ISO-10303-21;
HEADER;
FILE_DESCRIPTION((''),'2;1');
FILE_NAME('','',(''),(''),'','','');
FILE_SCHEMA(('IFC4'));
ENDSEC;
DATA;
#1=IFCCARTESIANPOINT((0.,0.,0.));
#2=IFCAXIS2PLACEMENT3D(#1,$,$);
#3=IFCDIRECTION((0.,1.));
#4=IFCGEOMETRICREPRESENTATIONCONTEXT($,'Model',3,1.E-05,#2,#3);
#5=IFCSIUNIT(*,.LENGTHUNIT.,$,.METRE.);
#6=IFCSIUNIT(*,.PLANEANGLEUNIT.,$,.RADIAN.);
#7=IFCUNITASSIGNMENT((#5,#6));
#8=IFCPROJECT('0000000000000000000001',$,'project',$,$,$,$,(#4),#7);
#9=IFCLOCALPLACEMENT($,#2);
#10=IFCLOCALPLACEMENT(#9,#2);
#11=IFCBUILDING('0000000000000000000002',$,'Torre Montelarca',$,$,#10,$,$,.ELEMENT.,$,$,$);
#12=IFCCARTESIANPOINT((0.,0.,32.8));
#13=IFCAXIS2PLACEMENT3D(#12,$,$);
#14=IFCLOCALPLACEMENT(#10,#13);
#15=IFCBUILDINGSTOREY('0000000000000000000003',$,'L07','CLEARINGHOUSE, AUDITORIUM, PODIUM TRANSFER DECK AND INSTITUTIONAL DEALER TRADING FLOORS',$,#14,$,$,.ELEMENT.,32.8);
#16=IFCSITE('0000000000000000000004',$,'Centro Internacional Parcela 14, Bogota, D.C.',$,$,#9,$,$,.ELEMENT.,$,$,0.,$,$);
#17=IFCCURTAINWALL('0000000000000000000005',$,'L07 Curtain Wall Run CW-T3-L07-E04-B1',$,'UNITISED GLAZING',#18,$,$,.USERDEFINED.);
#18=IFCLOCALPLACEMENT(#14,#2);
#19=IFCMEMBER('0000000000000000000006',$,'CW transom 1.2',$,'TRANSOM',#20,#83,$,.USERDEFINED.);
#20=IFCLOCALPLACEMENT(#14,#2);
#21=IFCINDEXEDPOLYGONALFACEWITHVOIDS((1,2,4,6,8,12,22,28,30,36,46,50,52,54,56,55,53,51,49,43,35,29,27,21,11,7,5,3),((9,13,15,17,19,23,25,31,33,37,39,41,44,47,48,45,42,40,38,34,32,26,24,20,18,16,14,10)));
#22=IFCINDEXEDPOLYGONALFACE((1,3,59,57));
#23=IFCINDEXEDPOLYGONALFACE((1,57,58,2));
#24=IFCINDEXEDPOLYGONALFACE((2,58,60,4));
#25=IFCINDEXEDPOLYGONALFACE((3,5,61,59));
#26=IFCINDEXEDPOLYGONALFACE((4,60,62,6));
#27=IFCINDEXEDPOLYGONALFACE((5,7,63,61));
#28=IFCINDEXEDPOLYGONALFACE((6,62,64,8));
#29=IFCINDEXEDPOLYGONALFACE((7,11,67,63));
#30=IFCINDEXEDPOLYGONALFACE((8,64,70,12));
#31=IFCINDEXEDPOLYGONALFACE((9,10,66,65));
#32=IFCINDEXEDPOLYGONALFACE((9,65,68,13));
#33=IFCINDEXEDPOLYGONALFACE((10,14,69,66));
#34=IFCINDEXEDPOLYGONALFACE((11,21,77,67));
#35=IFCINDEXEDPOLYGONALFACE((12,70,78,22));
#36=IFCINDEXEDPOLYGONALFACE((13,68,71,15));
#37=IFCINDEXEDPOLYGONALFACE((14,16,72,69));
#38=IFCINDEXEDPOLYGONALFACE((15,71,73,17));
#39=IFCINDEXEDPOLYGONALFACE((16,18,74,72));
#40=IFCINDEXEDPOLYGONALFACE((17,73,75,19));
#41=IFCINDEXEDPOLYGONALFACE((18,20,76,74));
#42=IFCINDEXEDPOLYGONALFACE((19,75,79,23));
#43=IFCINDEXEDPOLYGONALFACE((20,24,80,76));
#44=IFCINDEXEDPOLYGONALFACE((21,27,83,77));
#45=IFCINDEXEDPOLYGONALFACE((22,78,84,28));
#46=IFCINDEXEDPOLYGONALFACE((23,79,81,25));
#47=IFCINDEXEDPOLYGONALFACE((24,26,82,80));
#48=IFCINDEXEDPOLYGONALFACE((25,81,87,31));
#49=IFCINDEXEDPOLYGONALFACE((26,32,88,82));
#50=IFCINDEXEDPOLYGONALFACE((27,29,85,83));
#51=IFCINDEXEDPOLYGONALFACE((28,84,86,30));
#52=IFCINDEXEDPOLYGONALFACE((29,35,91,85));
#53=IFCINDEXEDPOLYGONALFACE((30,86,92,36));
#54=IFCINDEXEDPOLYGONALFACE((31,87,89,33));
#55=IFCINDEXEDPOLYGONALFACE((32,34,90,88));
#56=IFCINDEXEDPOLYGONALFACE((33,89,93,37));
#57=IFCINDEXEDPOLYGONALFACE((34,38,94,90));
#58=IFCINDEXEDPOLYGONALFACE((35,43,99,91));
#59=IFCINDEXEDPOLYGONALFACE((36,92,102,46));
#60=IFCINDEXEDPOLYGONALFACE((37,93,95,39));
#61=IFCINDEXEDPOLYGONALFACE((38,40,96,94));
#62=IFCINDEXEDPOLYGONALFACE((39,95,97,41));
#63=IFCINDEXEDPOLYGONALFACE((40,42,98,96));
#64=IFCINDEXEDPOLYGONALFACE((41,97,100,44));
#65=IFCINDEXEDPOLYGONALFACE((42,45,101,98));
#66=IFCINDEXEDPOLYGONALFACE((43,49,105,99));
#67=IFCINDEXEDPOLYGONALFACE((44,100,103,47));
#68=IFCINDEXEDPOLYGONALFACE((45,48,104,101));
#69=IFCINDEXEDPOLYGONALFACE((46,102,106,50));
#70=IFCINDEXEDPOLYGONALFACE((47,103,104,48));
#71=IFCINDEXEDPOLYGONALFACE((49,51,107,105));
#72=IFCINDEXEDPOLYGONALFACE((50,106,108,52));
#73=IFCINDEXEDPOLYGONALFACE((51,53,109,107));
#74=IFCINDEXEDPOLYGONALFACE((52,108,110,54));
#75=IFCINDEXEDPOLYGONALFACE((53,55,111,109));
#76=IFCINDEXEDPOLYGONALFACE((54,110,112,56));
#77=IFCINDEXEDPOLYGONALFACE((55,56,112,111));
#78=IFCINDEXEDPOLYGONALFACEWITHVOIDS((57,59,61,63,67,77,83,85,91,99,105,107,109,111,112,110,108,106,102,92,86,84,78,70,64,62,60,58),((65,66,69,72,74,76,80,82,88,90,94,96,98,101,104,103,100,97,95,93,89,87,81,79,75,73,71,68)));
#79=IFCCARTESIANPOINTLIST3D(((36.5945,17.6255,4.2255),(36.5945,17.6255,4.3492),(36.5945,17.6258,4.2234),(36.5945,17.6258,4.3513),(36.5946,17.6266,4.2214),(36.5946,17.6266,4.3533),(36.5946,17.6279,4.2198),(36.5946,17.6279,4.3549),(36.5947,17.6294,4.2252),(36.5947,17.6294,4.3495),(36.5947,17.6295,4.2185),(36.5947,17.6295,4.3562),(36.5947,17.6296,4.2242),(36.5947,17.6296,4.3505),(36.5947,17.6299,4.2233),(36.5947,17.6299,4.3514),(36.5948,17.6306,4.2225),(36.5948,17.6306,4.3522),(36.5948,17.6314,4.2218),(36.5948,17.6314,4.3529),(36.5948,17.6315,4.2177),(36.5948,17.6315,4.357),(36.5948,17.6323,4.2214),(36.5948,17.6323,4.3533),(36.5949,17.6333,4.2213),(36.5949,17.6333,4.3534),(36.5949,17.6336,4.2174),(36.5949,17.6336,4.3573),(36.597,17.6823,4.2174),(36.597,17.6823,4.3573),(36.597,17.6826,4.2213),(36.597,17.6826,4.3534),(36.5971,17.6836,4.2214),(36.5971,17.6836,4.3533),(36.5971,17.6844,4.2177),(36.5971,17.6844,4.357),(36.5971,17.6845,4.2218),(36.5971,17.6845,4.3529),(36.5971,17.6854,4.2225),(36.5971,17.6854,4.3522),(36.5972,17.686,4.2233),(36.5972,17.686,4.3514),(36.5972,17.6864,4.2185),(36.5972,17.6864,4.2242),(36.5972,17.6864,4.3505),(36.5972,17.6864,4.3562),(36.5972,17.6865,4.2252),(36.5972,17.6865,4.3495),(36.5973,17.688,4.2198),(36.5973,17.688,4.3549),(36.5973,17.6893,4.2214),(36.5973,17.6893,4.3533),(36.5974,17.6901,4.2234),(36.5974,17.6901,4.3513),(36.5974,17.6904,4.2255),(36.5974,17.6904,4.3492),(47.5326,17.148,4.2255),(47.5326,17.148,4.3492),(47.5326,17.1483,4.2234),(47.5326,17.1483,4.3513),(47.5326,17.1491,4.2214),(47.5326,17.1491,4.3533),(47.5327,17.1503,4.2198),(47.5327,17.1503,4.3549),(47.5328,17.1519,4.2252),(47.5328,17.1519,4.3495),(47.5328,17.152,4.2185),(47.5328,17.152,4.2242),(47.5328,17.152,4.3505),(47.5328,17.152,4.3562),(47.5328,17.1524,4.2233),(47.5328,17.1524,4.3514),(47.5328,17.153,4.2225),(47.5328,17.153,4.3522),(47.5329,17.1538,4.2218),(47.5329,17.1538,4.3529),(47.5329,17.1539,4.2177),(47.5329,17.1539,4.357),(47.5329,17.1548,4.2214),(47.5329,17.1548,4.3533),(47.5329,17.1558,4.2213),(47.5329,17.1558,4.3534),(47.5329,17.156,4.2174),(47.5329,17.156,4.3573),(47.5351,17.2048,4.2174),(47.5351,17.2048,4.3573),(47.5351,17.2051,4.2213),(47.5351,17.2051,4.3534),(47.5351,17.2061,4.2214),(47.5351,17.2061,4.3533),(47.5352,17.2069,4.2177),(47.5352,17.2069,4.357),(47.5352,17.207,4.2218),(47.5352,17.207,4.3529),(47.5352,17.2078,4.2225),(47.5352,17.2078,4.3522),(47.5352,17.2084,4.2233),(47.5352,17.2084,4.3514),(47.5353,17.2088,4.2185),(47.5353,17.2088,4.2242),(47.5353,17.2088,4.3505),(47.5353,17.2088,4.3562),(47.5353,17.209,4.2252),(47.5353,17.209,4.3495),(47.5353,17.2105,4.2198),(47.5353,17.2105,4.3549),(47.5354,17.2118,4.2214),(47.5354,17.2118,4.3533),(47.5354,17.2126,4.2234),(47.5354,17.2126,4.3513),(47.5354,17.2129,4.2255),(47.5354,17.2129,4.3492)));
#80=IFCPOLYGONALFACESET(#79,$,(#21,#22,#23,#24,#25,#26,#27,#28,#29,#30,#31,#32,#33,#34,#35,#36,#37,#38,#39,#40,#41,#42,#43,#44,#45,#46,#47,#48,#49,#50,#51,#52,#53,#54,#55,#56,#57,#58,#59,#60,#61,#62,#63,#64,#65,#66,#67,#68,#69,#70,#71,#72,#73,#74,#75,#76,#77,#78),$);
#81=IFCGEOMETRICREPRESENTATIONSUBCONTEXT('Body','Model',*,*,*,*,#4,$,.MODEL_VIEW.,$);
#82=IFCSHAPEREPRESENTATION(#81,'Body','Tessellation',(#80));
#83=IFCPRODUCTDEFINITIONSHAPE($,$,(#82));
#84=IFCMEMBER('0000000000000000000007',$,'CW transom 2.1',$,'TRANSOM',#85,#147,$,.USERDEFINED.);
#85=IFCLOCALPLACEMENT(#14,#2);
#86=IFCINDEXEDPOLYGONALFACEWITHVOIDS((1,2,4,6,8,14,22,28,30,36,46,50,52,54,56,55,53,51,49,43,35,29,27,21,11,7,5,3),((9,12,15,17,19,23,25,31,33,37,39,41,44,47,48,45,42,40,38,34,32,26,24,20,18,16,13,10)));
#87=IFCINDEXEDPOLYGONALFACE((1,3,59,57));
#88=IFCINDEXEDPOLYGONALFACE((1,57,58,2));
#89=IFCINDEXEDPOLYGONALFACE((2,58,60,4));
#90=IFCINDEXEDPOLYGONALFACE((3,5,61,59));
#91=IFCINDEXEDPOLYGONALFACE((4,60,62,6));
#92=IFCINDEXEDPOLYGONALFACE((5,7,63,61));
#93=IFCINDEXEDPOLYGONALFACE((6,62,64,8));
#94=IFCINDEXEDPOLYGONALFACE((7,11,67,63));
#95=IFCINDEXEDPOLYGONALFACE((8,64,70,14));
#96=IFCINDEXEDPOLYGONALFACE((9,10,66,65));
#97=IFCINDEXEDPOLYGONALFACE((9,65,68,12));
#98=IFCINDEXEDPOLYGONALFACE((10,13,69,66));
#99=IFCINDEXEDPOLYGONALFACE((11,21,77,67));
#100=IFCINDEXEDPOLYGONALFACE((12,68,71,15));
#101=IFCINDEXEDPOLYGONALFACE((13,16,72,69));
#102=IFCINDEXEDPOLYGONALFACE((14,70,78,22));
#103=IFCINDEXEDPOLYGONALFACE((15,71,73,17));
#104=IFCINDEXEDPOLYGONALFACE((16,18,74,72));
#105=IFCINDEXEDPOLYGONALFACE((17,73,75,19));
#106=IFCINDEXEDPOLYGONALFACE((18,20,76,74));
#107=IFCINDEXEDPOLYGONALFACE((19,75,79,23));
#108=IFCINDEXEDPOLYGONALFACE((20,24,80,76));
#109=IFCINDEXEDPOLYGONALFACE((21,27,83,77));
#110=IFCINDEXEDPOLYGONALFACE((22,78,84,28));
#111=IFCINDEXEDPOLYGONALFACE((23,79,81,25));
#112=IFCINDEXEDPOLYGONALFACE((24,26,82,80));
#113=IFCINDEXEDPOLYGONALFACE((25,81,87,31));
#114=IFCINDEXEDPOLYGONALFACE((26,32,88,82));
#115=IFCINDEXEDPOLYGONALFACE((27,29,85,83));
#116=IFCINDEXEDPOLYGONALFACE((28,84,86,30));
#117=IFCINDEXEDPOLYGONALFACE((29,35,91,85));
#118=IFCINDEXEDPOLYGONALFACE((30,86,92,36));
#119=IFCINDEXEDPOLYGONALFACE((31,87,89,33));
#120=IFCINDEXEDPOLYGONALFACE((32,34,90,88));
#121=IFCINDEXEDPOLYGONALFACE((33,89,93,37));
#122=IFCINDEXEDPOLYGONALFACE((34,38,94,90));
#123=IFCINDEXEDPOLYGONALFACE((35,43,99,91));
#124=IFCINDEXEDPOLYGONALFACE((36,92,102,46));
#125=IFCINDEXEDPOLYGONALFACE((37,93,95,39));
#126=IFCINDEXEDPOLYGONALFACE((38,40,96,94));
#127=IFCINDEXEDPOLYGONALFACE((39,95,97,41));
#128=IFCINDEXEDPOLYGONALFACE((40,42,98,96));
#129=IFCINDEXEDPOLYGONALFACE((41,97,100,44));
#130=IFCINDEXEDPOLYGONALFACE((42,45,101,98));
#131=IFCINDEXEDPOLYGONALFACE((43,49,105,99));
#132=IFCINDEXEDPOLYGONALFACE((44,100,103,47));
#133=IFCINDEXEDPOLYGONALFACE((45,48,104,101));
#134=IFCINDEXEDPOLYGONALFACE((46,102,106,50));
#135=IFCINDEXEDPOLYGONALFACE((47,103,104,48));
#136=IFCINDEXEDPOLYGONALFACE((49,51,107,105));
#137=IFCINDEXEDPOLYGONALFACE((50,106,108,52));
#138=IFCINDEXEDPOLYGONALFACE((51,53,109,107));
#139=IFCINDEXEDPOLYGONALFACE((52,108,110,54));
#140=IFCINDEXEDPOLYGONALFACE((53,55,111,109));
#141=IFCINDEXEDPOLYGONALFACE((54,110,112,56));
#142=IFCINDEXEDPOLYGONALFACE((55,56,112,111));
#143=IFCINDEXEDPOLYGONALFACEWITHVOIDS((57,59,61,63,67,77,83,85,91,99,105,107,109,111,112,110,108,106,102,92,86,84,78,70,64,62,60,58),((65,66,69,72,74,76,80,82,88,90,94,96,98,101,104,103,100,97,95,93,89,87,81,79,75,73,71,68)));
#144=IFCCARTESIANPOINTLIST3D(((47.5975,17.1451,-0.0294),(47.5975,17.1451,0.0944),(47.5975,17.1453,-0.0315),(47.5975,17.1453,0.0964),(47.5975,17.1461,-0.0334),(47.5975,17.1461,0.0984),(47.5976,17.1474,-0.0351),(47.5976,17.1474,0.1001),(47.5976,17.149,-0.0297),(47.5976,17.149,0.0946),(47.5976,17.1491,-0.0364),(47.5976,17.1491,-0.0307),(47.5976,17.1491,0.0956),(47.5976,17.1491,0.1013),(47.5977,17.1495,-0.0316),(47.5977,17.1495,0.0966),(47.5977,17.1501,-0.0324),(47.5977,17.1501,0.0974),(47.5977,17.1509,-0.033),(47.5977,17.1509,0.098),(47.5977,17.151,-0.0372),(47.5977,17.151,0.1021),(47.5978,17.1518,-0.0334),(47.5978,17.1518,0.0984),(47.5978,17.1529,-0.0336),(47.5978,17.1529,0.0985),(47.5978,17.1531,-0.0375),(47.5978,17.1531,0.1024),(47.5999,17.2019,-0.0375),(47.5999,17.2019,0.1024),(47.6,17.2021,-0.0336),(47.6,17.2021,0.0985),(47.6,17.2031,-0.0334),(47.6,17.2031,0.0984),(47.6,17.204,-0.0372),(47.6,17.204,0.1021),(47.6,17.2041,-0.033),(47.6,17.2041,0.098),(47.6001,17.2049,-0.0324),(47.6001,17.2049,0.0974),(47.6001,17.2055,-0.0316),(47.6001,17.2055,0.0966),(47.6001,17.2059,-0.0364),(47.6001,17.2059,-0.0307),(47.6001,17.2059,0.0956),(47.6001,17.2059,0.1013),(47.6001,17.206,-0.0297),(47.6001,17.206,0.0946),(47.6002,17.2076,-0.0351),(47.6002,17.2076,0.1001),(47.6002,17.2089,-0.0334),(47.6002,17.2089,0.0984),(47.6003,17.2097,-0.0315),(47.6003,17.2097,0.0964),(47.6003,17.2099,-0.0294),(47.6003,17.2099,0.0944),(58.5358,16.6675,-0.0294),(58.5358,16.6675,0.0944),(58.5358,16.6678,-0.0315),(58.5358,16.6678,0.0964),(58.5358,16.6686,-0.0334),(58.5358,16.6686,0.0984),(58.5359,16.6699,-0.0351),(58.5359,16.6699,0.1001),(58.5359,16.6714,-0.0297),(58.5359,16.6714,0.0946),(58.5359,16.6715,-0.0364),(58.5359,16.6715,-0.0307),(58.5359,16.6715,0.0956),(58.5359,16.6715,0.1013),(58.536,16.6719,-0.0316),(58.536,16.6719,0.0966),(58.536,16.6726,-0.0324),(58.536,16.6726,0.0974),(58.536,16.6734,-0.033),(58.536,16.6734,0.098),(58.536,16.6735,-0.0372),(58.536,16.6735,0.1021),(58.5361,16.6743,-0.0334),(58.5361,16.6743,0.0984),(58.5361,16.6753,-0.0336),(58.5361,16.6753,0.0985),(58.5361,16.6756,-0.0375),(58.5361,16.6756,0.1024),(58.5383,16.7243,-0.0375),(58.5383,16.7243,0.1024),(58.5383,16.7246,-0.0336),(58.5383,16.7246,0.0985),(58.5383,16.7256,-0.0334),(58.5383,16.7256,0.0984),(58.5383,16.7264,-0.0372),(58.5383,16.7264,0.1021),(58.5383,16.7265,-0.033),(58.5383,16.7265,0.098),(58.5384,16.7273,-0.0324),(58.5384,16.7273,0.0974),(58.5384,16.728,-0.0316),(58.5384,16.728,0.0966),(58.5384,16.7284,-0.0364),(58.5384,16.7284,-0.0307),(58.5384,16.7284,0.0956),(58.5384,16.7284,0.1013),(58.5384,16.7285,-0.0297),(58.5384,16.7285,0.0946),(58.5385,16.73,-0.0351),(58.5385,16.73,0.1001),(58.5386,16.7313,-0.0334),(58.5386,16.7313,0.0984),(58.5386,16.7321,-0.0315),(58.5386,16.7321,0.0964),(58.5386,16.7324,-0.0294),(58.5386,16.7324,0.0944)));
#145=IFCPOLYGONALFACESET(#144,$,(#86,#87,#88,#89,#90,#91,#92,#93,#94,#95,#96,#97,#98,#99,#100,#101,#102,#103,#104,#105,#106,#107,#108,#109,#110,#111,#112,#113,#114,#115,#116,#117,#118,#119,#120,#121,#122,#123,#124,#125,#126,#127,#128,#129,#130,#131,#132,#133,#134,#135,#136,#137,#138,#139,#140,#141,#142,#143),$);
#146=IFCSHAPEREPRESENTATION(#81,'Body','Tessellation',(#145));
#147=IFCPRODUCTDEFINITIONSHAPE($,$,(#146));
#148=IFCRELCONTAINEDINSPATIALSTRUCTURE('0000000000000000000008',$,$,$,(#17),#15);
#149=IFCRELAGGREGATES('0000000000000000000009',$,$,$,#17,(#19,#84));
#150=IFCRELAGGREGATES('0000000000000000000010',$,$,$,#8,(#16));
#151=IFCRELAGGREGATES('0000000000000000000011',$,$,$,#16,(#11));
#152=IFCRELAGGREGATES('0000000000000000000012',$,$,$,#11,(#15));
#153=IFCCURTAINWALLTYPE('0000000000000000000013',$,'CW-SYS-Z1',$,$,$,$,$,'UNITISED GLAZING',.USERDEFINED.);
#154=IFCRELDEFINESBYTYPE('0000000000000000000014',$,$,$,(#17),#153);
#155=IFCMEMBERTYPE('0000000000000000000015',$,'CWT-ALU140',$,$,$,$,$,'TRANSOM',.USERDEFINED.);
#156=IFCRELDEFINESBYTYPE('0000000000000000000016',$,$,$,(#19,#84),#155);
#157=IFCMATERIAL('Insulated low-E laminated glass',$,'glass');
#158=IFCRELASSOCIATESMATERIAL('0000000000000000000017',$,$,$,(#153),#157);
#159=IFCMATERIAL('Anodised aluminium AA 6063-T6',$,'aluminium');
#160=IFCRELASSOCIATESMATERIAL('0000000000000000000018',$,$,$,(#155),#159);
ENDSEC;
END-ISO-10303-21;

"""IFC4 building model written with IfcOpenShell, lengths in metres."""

from ifc_helpers import new_model, si_unit, direction, frame, origin, origin_2d, place, context, subcontext, project, spatial, hollow_rectangle, extrude, source, transform, mapped, material, material_profile, profile_set, type_object, element, aggregate, save


model = new_model("IFC4")

# Units and contexts
model_context = context("Model", 3, precision=1e-05, world=origin(), true_north=direction((0.0, 1.0)))
body_context = subcontext(model_context, "Body", "Model", "MODEL_VIEW")
ifc_project = project(units=[si_unit("LENGTHUNIT", "METRE"), si_unit("PLANEANGLEUNIT", "RADIAN")], contexts=[model_context])

# Site, building, storey
site_placement = place(None, origin())
site = spatial("IfcSite", under=ifc_project, at=site_placement, Name="Centro Internacional Parcela 14, Bogota, D.C.", CompositionType="ELEMENT", RefElevation=0.0)
building_placement = place(site_placement, origin())
building = spatial("IfcBuilding", under=site, at=building_placement, Name="Torre Montelarca", CompositionType="ELEMENT")
storey_placement = place(building_placement, frame((0.0, 0.0, 32.8)))
storey = spatial("IfcBuildingStorey", under=building, at=storey_placement, Name="L07", Description="CLEARINGHOUSE, AUDITORIUM, PODIUM TRANSFER DECK AND INSTITUTIONAL DEALER TRADING FLOORS", CompositionType="ELEMENT", Elevation=32.8)

# Shared definitions
ifc_material_1 = material(Name="Insulated low-E laminated glass", Category="glass")
curtain_wall_type = type_object("IfcCurtainWallType", Name="CW-SYS-Z1", ElementType="UNITISED GLAZING", PredefinedType="USERDEFINED", material=ifc_material_1)
ifc_material_2 = material(Name="Anodised aluminium AA 6063-T6", Category="aluminium")

# Curtain wall, members
curtain_wall_1_placement = place(storey_placement, origin())
curtain_wall_1 = element("IfcCurtainWall", 1, at=curtain_wall_1_placement, inside=storey, type_object=curtain_wall_type, Name="L07 Curtain Wall Run CW-T3-L07-E04-B1", ObjectType="UNITISED GLAZING", PredefinedType="USERDEFINED")
ifc_material_profile_1 = material_profile(ifc_material_2, hollow_rectangle(XDim=0.0649, YDim=0.1399, WallThickness=0.0039, InnerFilletRadius=0.0039, OuterFilletRadius=0.0081, at=origin_2d()), Name="ALU65X140X4", Category="aluminium")
ifc_profile_set_1 = profile_set([ifc_material_profile_1], Name="Anodised aluminium AA 6063-T6")
member_type_1 = type_object("IfcMemberType", Name="CWT-ALU140", ElementType="TRANSOM", PredefinedType="USERDEFINED", material=ifc_profile_set_1)
shared_shape_1 = source(origin(), body_context, "Body", "SweptSolid", [
    extrude(hollow_rectangle(XDim=0.0649, YDim=0.1399, WallThickness=0.0039, InnerFilletRadius=0.0039, OuterFilletRadius=0.0081, at=origin_2d()), origin(), (0.0, 0.0, 1.0), 10.9485),
])
member_1_placement = place(storey_placement, frame((36.5959, 17.658, 4.2874), z_axis=(0.999048, -0.043617, 0.0), x_axis=(0.043617, 0.999048, 0.0)))
member_1 = element("IfcMember", 2, at=member_1_placement, type_object=member_type_1, Name="CW transom 1.2", ObjectType="TRANSOM", PredefinedType="USERDEFINED", context=body_context, shape_type="MappedRepresentation", body=[
    mapped(shared_shape_1, transform((0.0, 0.0, 0.0), scale=1.0)),
])
shared_shape_2 = source(origin(), body_context, "Body", "SweptSolid", [
    extrude(hollow_rectangle(XDim=0.0649, YDim=0.1399, WallThickness=0.0039, InnerFilletRadius=0.0039, OuterFilletRadius=0.0081, at=origin_2d()), origin(), (0.0, 0.0, 1.0), 10.9487),
])
member_2_placement = place(storey_placement, frame((47.5989, 17.1775, 0.0325), z_axis=(0.999048, -0.043616, 0.0), x_axis=(0.043616, 0.999048, 0.0)))
member_2 = element("IfcMember", 3, at=member_2_placement, type_object=member_type_1, Name="CW transom 2.1", ObjectType="TRANSOM", PredefinedType="USERDEFINED", context=body_context, shape_type="MappedRepresentation", body=[
    mapped(shared_shape_2, transform((0.0, 0.0, 0.0), scale=1.0)),
])
aggregate(curtain_wall_1, [member_1, member_2])

save(model, "model.ifc")
